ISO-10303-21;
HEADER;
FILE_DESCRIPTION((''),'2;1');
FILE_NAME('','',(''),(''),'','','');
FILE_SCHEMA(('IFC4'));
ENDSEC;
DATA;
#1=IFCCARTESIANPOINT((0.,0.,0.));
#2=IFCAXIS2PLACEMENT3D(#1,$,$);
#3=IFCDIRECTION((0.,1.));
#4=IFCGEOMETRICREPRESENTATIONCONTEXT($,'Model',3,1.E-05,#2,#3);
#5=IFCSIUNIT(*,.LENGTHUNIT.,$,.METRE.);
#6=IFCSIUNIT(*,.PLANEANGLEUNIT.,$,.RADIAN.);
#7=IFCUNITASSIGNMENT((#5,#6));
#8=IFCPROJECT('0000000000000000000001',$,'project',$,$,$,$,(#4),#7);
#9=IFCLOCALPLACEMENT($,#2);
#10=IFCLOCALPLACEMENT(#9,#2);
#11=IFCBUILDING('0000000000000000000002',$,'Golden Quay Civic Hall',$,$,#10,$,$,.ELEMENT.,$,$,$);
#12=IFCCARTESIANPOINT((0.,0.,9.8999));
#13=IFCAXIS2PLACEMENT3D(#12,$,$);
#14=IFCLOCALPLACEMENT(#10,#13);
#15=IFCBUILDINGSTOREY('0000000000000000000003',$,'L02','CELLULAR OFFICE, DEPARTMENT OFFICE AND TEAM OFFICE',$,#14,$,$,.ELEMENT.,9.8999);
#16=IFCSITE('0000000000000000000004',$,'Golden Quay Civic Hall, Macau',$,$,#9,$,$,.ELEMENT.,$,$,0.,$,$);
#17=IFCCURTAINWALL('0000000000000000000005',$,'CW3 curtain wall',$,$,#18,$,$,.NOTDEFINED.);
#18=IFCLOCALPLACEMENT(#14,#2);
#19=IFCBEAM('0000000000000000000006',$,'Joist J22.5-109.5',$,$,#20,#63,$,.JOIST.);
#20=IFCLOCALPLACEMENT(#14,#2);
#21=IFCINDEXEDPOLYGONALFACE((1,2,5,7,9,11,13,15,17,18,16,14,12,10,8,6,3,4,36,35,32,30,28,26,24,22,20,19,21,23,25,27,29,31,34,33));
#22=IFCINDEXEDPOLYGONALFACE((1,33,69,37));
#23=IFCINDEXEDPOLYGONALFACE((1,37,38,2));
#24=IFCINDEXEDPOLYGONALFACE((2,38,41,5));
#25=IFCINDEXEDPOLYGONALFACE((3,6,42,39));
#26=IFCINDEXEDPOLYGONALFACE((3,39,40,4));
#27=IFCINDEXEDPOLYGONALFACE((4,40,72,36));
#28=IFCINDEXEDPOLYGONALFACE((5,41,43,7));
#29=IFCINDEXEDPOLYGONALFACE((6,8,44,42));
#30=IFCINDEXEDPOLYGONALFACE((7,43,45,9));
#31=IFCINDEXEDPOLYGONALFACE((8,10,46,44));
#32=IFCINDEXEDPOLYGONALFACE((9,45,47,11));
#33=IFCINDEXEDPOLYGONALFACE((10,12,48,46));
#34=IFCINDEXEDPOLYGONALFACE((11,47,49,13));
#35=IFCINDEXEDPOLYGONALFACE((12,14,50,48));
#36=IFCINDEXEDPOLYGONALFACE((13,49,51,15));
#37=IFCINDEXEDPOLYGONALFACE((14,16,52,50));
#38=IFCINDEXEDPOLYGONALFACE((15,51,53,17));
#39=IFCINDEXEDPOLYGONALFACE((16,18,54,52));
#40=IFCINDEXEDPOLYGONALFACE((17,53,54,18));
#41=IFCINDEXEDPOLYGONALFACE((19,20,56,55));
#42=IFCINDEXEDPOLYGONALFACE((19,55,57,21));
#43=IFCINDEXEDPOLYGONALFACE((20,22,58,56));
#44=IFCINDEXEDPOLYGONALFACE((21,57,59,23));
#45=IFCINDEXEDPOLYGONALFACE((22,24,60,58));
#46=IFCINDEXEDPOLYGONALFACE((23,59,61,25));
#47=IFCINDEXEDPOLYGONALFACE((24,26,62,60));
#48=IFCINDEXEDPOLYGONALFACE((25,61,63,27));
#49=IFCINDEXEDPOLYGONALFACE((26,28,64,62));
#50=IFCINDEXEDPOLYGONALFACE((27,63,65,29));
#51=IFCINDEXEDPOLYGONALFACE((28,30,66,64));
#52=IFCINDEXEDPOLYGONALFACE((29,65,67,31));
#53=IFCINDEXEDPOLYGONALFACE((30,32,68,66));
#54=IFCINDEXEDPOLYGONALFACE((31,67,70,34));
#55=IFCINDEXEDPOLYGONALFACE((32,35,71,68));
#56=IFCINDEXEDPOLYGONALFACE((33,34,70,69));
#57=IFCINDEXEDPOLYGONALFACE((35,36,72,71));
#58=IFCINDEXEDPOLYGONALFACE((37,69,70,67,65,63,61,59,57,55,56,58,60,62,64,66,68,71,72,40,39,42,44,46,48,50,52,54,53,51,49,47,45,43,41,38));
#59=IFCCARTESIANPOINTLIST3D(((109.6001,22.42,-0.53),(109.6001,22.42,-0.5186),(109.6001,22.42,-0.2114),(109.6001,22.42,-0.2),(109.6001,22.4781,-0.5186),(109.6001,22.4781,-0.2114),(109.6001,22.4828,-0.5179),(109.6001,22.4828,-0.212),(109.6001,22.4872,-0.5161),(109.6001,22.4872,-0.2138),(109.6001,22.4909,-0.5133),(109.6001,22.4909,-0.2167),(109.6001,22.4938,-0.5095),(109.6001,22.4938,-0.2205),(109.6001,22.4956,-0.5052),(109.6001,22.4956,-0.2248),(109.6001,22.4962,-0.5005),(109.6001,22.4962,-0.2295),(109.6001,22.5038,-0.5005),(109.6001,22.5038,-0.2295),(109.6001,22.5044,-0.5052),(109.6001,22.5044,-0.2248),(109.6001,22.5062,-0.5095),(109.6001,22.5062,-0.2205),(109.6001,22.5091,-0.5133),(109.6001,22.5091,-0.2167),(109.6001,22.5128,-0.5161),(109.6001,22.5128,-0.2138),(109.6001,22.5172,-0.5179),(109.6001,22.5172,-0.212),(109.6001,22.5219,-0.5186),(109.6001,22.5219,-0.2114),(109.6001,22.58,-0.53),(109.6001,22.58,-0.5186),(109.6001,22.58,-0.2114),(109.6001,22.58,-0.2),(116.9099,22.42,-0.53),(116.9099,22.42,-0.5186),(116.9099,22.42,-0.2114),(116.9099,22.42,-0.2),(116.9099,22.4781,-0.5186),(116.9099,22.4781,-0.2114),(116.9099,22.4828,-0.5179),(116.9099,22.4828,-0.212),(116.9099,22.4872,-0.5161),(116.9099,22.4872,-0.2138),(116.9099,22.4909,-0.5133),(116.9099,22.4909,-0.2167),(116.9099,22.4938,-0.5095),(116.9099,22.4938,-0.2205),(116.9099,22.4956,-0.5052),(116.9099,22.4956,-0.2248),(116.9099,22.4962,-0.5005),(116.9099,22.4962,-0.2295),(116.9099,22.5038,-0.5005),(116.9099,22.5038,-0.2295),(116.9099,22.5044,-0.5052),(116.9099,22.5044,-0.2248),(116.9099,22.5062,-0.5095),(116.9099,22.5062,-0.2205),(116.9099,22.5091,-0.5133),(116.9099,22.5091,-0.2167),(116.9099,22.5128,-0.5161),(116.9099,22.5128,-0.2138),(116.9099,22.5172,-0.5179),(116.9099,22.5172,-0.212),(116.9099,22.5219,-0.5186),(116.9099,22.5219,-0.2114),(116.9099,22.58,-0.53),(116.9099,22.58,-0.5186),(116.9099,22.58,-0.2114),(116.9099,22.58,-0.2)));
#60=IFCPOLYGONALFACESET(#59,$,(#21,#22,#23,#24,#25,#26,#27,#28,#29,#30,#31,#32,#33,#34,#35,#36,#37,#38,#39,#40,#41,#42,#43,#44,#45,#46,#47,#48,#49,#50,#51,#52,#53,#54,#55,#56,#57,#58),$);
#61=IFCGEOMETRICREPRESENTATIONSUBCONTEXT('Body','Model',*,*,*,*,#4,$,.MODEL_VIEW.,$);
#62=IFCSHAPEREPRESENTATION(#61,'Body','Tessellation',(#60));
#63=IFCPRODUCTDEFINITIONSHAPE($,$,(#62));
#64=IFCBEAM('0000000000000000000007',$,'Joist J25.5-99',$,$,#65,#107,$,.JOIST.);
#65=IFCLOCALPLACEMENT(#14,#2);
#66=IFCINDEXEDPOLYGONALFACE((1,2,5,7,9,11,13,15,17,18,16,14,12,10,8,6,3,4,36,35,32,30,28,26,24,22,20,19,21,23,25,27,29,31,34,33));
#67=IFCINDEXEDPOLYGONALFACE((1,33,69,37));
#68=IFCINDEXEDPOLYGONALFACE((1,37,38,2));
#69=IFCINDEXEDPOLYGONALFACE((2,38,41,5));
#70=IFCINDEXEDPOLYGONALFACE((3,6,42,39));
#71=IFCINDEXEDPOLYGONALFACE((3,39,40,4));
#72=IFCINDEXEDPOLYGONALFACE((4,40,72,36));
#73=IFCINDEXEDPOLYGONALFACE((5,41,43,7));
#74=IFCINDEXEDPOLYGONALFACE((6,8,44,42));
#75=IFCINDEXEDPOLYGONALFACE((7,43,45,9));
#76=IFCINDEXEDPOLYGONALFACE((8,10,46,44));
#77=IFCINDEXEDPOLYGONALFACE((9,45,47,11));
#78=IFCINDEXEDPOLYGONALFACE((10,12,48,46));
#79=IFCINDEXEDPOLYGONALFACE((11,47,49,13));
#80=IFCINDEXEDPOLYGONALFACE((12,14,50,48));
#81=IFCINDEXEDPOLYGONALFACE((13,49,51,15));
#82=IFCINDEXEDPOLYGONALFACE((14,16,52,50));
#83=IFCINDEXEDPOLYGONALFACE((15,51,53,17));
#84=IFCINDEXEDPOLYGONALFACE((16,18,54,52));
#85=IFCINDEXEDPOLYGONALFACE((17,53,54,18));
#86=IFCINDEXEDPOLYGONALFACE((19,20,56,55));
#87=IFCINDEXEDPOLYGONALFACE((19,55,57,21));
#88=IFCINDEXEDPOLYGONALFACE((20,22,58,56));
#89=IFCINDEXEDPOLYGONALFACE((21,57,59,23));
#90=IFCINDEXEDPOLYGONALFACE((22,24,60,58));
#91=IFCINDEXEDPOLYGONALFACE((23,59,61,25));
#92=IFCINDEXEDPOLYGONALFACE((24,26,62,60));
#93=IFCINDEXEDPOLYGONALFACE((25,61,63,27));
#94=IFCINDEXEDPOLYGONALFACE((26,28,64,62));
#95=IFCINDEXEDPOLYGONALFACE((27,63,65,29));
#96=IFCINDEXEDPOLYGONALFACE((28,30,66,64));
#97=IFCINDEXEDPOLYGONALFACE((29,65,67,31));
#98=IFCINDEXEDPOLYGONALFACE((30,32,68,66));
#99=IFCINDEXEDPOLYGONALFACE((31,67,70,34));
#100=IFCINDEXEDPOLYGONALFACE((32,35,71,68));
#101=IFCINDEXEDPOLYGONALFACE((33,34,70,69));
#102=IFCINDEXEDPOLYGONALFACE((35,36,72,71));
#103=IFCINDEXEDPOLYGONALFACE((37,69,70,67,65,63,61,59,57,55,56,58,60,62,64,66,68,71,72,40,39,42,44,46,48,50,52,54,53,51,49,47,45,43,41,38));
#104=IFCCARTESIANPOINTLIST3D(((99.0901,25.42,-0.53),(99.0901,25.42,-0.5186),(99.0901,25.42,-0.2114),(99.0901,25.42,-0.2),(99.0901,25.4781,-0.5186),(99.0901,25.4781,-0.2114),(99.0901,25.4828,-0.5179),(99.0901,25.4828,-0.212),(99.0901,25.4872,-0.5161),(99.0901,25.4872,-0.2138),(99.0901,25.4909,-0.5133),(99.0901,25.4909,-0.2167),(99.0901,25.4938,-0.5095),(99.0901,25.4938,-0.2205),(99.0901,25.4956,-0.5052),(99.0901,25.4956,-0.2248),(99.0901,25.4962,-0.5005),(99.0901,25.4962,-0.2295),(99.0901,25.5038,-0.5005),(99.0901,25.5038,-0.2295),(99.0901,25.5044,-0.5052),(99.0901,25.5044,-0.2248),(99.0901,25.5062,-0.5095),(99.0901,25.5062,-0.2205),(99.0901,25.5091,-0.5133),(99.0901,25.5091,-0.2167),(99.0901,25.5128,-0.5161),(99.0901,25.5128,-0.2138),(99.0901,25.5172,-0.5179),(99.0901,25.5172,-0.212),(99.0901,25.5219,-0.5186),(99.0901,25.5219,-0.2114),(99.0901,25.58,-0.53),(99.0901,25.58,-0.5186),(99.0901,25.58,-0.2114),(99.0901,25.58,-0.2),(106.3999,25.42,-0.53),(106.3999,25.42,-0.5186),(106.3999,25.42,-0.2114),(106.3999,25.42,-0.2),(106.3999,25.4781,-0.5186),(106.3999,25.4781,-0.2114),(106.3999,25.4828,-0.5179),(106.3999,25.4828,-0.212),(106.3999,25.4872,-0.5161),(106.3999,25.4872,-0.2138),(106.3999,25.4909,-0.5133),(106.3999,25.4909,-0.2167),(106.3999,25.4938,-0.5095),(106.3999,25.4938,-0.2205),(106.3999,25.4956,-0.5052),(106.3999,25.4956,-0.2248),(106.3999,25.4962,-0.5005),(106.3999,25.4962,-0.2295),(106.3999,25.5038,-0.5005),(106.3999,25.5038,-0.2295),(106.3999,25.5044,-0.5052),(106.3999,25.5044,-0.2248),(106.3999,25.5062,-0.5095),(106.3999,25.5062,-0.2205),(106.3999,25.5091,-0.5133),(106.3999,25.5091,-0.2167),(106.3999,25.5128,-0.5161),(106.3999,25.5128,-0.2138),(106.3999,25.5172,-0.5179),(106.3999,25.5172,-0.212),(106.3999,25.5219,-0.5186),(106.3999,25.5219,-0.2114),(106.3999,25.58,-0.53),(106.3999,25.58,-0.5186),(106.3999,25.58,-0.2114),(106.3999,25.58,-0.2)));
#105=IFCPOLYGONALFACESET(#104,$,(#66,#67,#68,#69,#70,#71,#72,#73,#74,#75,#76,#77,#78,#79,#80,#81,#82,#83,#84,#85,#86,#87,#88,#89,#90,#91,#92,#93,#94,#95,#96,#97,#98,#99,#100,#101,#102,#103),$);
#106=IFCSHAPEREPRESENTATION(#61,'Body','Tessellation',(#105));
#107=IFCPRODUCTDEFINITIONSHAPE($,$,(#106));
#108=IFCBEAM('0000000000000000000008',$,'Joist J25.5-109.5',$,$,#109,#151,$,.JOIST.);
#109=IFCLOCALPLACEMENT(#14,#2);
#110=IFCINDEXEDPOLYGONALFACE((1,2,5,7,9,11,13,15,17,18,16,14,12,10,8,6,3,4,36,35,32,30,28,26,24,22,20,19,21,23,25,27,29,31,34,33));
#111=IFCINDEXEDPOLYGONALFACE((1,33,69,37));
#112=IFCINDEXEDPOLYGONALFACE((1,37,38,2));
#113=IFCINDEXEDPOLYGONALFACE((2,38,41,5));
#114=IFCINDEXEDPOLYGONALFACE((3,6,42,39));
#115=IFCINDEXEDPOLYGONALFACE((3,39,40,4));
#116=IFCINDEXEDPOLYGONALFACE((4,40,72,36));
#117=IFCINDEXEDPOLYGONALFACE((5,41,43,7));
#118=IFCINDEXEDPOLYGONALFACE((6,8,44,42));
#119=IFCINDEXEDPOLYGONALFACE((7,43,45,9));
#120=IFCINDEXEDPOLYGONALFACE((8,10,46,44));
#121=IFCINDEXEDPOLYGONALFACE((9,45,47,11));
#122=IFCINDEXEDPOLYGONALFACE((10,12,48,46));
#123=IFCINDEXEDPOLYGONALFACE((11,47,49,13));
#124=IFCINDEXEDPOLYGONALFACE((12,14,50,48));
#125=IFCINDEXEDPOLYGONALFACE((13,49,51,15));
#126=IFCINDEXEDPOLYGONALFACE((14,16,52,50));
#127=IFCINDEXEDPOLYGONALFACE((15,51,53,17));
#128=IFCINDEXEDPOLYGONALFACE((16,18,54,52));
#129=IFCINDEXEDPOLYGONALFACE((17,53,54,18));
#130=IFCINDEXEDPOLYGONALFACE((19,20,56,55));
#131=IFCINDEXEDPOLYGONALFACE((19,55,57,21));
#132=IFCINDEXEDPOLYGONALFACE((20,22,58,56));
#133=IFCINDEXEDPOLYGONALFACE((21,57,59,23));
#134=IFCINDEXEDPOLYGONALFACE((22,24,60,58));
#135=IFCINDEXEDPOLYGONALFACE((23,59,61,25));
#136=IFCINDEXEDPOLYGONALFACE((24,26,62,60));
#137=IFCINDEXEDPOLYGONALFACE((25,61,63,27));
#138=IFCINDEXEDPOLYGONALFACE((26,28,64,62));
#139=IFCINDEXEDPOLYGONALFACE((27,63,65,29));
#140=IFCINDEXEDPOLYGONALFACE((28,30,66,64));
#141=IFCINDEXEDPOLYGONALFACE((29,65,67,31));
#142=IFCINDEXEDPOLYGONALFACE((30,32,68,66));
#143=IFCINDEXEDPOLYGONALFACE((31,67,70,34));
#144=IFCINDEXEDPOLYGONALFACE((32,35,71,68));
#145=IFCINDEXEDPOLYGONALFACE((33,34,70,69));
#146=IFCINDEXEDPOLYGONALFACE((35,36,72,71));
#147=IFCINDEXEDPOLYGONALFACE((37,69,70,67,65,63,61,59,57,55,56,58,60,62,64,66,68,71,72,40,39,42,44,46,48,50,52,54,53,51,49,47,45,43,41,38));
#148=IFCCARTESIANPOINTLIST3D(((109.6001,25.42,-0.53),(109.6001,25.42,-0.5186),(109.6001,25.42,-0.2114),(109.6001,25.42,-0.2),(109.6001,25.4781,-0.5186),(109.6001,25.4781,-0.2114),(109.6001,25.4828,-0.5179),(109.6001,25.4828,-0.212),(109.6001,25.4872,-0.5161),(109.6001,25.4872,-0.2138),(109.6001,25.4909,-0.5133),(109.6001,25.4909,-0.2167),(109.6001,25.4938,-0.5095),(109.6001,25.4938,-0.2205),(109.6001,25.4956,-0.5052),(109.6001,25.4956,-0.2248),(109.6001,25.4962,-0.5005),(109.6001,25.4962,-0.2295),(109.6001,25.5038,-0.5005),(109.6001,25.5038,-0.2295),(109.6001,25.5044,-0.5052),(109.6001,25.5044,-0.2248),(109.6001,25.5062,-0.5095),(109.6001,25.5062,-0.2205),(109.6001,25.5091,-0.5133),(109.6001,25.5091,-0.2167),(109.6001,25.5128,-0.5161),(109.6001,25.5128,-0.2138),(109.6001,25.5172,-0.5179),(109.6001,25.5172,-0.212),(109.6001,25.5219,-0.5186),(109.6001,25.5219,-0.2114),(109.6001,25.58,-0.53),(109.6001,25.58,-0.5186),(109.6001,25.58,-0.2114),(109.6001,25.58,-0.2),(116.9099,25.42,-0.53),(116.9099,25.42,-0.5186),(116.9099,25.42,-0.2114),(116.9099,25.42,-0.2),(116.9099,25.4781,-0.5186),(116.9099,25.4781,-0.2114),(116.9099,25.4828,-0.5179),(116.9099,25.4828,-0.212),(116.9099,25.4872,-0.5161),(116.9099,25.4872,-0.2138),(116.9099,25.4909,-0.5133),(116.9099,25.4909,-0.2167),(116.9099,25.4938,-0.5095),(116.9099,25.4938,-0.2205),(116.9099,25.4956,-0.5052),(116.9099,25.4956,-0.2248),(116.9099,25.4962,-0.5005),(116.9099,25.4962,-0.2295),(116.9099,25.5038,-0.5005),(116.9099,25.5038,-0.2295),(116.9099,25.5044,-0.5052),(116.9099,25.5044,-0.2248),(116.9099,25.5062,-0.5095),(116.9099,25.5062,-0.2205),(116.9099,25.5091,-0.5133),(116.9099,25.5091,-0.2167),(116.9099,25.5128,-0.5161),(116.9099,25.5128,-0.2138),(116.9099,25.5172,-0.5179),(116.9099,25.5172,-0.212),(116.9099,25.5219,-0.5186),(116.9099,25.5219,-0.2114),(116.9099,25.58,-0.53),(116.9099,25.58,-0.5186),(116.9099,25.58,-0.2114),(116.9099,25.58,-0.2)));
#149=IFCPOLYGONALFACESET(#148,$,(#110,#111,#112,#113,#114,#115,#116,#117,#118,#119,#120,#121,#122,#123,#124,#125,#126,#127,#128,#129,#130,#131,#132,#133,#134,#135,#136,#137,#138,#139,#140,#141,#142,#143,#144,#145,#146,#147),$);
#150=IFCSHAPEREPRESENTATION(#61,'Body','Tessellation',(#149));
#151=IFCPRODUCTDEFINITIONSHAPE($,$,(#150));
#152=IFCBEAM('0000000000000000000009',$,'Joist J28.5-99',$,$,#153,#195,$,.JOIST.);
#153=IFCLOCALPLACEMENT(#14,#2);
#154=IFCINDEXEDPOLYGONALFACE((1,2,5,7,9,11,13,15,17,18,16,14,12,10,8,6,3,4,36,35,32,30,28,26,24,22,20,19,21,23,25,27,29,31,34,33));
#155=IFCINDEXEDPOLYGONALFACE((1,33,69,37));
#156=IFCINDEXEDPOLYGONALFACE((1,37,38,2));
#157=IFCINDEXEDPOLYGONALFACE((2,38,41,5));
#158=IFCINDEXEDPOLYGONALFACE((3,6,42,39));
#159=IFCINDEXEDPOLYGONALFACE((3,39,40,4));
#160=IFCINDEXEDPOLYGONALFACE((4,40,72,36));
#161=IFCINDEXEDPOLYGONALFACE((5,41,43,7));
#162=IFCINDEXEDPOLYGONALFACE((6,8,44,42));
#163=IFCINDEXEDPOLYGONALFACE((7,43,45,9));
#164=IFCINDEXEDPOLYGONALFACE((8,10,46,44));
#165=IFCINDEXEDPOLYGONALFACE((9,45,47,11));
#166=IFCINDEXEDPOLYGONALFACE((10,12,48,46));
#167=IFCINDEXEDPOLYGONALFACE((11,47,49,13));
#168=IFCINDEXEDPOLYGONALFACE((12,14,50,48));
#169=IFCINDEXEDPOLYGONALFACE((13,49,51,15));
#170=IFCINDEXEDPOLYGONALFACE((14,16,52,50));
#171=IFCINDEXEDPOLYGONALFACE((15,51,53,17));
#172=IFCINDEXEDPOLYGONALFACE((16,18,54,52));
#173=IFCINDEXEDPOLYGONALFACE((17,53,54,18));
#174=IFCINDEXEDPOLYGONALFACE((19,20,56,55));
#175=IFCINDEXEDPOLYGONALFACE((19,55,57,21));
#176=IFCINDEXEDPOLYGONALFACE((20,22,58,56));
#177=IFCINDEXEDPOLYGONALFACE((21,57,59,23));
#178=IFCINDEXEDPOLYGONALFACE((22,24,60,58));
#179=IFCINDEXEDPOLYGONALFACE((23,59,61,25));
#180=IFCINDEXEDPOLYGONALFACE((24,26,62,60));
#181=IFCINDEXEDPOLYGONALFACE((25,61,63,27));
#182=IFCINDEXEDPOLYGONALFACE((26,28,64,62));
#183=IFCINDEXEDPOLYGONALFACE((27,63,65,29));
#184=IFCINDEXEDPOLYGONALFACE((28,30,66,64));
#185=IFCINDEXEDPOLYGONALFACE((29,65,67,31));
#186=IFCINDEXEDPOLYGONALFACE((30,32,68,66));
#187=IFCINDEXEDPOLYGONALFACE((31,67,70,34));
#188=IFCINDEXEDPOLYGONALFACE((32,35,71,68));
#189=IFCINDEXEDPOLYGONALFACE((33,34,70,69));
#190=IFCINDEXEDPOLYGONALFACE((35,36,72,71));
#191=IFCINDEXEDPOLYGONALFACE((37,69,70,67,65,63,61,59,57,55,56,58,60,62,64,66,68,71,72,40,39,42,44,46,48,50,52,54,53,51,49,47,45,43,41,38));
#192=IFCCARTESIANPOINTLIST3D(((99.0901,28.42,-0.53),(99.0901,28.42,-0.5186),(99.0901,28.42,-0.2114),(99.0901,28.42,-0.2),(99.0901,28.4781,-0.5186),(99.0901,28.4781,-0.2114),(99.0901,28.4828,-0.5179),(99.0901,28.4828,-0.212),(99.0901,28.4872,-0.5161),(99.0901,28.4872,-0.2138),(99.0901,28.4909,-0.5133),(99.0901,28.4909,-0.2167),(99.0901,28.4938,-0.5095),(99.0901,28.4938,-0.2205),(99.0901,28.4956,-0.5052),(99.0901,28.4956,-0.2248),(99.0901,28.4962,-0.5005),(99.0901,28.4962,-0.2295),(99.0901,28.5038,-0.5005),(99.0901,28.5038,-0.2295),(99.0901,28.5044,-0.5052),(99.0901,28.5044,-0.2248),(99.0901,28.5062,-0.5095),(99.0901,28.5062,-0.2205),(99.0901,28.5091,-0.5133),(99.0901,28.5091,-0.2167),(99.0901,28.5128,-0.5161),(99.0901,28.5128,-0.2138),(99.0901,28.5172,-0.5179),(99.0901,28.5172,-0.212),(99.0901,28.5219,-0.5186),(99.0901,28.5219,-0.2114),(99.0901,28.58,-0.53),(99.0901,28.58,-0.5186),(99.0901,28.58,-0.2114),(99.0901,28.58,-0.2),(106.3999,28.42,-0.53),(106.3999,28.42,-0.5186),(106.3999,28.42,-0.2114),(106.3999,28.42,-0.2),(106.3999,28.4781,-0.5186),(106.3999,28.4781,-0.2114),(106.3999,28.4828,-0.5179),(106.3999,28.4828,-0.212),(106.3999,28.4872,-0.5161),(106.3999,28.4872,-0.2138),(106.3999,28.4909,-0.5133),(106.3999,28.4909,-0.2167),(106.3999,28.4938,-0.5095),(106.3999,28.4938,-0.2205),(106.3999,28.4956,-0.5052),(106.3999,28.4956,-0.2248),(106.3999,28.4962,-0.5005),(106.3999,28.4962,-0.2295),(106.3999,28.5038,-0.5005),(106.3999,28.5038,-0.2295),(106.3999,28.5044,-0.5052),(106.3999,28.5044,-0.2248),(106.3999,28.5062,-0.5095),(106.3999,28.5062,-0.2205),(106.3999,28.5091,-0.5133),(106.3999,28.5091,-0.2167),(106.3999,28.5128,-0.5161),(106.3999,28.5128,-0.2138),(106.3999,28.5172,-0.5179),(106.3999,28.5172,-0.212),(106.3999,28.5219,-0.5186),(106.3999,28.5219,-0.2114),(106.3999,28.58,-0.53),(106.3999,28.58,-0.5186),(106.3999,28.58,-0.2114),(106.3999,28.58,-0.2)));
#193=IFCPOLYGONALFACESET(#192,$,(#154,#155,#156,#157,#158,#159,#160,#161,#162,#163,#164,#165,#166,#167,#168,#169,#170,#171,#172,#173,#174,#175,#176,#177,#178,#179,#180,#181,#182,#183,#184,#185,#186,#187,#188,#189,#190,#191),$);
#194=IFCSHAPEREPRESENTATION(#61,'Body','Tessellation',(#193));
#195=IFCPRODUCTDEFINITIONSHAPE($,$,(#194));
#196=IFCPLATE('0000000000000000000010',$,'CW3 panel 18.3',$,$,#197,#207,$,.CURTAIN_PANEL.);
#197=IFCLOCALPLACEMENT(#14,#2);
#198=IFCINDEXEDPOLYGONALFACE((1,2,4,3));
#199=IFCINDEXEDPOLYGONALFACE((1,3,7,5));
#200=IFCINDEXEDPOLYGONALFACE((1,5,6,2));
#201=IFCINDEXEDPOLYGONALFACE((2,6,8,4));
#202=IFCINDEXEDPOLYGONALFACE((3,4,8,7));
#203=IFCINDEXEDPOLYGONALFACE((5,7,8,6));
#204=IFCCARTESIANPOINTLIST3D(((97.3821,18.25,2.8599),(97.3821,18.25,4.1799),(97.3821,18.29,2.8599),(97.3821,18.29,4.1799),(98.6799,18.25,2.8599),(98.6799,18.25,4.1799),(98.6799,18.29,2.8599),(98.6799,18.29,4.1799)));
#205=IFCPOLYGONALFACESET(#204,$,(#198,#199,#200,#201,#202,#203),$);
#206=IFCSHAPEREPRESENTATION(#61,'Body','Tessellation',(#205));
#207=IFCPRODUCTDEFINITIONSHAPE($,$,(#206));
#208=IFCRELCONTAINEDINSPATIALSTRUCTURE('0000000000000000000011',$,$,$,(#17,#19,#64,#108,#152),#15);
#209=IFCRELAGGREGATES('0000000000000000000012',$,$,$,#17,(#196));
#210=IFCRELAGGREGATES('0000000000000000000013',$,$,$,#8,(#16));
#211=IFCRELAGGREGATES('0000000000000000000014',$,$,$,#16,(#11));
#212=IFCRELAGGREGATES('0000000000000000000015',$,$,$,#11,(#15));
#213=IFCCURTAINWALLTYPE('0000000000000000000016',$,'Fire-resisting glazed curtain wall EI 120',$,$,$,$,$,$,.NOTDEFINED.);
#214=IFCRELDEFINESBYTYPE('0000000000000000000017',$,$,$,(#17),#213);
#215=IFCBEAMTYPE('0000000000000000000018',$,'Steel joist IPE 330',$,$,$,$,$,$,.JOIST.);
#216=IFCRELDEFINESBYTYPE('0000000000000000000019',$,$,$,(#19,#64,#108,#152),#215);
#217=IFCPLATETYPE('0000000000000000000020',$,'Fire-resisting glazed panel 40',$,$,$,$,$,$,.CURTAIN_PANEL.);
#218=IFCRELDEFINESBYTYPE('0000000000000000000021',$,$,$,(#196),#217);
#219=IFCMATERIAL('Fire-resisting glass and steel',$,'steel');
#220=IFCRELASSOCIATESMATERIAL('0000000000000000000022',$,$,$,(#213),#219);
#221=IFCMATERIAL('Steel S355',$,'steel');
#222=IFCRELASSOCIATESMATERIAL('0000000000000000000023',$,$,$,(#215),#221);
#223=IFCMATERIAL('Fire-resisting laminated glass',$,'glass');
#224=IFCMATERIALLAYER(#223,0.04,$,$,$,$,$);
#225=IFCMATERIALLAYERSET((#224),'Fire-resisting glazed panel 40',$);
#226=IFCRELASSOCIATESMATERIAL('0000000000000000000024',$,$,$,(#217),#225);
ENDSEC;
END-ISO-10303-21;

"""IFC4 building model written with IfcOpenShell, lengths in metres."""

from ifc_helpers import new_model, si_unit, direction, frame, origin, origin_2d, place, context, subcontext, project, spatial, rectangle, i_section, extrude, material, layer, layer_set, material_profile, profile_set, type_object, element, aggregate, save


model = new_model("IFC4")

# Units and contexts
model_context = context("Model", 3, precision=1e-05, world=origin(), true_north=direction((0.0, 1.0)))
body_context = subcontext(model_context, "Body", "Model", "MODEL_VIEW")
ifc_project = project(units=[si_unit("LENGTHUNIT", "METRE"), si_unit("PLANEANGLEUNIT", "RADIAN")], contexts=[model_context])

# Site, building, storey
site_placement = place(None, origin())
site = spatial("IfcSite", under=ifc_project, at=site_placement, Name="Golden Quay Civic Hall, Macau", CompositionType="ELEMENT", RefElevation=0.0)
building_placement = place(site_placement, origin())
building = spatial("IfcBuilding", under=site, at=building_placement, Name="Golden Quay Civic Hall", CompositionType="ELEMENT")
storey_placement = place(building_placement, frame((0.0, 0.0, 9.8999)))
storey = spatial("IfcBuildingStorey", under=building, at=storey_placement, Name="L02", Description="CELLULAR OFFICE, DEPARTMENT OFFICE AND TEAM OFFICE", CompositionType="ELEMENT", Elevation=9.8999)

# Curtain wall
ifc_material_1 = material(Name="Fire-resisting glass and steel", Category="steel")
curtain_wall_type = type_object("IfcCurtainWallType", Name="Fire-resisting glazed curtain wall EI 120", PredefinedType="NOTDEFINED", material=ifc_material_1)
curtain_wall_placement = place(storey_placement, origin())
curtain_wall = element("IfcCurtainWall", 1, at=curtain_wall_placement, inside=storey, type_object=curtain_wall_type, Name="CW3 curtain wall", PredefinedType="NOTDEFINED")

# Beams
ifc_material_2 = material(Name="Steel S355", Category="steel")
ifc_material_profile_1 = material_profile(ifc_material_2, i_section(OverallWidth=0.1599, OverallDepth=0.3301, WebThickness=0.0076, FlangeThickness=0.0115, FilletRadius=0.0181, at=origin_2d()), Name="IPE 330")
ifc_profile_set_1 = profile_set([ifc_material_profile_1], Name="Steel S355")
beam_type_1 = type_object("IfcBeamType", Name="Steel joist IPE 330", PredefinedType="JOIST", material=ifc_profile_set_1)
for number, where, z_axis, x_axis, name in (
    (2, (109.6001, 22.5, -0.365), (1.0, 0.0, 0.0), (0.0, 1.0, 0.0), "Joist J22.5-109.5"),
    (3, (99.0901, 25.5, -0.365), (1.0, 0.0, 0.0), (0.0, 1.0, 0.0), "Joist J25.5-99"),
    (4, (109.6001, 25.5, -0.365), (1.0, 0.0, 0.0), (0.0, 1.0, 0.0), "Joist J25.5-109.5"),
    (5, (99.0901, 28.5, -0.365), (1.0, 0.0, 0.0), (0.0, 1.0, 0.0), "Joist J28.5-99"),
):
    element("IfcBeam", number, at=place(storey_placement, frame(where, z_axis=z_axis, x_axis=x_axis)), inside=storey, type_object=beam_type_1, Name=name, PredefinedType="JOIST", context=body_context, shape_type="SweptSolid", body=[
        extrude(i_section(OverallWidth=0.1599, OverallDepth=0.3301, WebThickness=0.0076, FlangeThickness=0.0115, FilletRadius=0.0181, at=origin_2d()), origin(), (0.0, 0.0, 1.0), 7.3098),
    ])

# Plate
ifc_material_3 = material(Name="Fire-resisting laminated glass", Category="glass")
ifc_layer_1 = layer(ifc_material_3, 0.04)
ifc_layer_set_1 = layer_set([ifc_layer_1], Name="Fire-resisting glazed panel 40")
plate_type = type_object("IfcPlateType", Name="Fire-resisting glazed panel 40", PredefinedType="CURTAIN_PANEL", material=ifc_layer_set_1)
plate_placement = place(storey_placement, frame((98.031, 18.27, 2.8599), z_axis=(0.0, 0.0, 1.0), x_axis=(1.0, 0.0, 0.0)))
plate = element("IfcPlate", 6, at=plate_placement, type_object=plate_type, Name="CW3 panel 18.3", PredefinedType="CURTAIN_PANEL", context=body_context, shape_type="SweptSolid", body=[
    extrude(rectangle(XDim=1.2979, YDim=0.04, at=origin_2d()), origin(), (0.0, 0.0, 1.0), 1.3201),
])
aggregate(curtain_wall, [plate])

save(model, "model.ifc")
